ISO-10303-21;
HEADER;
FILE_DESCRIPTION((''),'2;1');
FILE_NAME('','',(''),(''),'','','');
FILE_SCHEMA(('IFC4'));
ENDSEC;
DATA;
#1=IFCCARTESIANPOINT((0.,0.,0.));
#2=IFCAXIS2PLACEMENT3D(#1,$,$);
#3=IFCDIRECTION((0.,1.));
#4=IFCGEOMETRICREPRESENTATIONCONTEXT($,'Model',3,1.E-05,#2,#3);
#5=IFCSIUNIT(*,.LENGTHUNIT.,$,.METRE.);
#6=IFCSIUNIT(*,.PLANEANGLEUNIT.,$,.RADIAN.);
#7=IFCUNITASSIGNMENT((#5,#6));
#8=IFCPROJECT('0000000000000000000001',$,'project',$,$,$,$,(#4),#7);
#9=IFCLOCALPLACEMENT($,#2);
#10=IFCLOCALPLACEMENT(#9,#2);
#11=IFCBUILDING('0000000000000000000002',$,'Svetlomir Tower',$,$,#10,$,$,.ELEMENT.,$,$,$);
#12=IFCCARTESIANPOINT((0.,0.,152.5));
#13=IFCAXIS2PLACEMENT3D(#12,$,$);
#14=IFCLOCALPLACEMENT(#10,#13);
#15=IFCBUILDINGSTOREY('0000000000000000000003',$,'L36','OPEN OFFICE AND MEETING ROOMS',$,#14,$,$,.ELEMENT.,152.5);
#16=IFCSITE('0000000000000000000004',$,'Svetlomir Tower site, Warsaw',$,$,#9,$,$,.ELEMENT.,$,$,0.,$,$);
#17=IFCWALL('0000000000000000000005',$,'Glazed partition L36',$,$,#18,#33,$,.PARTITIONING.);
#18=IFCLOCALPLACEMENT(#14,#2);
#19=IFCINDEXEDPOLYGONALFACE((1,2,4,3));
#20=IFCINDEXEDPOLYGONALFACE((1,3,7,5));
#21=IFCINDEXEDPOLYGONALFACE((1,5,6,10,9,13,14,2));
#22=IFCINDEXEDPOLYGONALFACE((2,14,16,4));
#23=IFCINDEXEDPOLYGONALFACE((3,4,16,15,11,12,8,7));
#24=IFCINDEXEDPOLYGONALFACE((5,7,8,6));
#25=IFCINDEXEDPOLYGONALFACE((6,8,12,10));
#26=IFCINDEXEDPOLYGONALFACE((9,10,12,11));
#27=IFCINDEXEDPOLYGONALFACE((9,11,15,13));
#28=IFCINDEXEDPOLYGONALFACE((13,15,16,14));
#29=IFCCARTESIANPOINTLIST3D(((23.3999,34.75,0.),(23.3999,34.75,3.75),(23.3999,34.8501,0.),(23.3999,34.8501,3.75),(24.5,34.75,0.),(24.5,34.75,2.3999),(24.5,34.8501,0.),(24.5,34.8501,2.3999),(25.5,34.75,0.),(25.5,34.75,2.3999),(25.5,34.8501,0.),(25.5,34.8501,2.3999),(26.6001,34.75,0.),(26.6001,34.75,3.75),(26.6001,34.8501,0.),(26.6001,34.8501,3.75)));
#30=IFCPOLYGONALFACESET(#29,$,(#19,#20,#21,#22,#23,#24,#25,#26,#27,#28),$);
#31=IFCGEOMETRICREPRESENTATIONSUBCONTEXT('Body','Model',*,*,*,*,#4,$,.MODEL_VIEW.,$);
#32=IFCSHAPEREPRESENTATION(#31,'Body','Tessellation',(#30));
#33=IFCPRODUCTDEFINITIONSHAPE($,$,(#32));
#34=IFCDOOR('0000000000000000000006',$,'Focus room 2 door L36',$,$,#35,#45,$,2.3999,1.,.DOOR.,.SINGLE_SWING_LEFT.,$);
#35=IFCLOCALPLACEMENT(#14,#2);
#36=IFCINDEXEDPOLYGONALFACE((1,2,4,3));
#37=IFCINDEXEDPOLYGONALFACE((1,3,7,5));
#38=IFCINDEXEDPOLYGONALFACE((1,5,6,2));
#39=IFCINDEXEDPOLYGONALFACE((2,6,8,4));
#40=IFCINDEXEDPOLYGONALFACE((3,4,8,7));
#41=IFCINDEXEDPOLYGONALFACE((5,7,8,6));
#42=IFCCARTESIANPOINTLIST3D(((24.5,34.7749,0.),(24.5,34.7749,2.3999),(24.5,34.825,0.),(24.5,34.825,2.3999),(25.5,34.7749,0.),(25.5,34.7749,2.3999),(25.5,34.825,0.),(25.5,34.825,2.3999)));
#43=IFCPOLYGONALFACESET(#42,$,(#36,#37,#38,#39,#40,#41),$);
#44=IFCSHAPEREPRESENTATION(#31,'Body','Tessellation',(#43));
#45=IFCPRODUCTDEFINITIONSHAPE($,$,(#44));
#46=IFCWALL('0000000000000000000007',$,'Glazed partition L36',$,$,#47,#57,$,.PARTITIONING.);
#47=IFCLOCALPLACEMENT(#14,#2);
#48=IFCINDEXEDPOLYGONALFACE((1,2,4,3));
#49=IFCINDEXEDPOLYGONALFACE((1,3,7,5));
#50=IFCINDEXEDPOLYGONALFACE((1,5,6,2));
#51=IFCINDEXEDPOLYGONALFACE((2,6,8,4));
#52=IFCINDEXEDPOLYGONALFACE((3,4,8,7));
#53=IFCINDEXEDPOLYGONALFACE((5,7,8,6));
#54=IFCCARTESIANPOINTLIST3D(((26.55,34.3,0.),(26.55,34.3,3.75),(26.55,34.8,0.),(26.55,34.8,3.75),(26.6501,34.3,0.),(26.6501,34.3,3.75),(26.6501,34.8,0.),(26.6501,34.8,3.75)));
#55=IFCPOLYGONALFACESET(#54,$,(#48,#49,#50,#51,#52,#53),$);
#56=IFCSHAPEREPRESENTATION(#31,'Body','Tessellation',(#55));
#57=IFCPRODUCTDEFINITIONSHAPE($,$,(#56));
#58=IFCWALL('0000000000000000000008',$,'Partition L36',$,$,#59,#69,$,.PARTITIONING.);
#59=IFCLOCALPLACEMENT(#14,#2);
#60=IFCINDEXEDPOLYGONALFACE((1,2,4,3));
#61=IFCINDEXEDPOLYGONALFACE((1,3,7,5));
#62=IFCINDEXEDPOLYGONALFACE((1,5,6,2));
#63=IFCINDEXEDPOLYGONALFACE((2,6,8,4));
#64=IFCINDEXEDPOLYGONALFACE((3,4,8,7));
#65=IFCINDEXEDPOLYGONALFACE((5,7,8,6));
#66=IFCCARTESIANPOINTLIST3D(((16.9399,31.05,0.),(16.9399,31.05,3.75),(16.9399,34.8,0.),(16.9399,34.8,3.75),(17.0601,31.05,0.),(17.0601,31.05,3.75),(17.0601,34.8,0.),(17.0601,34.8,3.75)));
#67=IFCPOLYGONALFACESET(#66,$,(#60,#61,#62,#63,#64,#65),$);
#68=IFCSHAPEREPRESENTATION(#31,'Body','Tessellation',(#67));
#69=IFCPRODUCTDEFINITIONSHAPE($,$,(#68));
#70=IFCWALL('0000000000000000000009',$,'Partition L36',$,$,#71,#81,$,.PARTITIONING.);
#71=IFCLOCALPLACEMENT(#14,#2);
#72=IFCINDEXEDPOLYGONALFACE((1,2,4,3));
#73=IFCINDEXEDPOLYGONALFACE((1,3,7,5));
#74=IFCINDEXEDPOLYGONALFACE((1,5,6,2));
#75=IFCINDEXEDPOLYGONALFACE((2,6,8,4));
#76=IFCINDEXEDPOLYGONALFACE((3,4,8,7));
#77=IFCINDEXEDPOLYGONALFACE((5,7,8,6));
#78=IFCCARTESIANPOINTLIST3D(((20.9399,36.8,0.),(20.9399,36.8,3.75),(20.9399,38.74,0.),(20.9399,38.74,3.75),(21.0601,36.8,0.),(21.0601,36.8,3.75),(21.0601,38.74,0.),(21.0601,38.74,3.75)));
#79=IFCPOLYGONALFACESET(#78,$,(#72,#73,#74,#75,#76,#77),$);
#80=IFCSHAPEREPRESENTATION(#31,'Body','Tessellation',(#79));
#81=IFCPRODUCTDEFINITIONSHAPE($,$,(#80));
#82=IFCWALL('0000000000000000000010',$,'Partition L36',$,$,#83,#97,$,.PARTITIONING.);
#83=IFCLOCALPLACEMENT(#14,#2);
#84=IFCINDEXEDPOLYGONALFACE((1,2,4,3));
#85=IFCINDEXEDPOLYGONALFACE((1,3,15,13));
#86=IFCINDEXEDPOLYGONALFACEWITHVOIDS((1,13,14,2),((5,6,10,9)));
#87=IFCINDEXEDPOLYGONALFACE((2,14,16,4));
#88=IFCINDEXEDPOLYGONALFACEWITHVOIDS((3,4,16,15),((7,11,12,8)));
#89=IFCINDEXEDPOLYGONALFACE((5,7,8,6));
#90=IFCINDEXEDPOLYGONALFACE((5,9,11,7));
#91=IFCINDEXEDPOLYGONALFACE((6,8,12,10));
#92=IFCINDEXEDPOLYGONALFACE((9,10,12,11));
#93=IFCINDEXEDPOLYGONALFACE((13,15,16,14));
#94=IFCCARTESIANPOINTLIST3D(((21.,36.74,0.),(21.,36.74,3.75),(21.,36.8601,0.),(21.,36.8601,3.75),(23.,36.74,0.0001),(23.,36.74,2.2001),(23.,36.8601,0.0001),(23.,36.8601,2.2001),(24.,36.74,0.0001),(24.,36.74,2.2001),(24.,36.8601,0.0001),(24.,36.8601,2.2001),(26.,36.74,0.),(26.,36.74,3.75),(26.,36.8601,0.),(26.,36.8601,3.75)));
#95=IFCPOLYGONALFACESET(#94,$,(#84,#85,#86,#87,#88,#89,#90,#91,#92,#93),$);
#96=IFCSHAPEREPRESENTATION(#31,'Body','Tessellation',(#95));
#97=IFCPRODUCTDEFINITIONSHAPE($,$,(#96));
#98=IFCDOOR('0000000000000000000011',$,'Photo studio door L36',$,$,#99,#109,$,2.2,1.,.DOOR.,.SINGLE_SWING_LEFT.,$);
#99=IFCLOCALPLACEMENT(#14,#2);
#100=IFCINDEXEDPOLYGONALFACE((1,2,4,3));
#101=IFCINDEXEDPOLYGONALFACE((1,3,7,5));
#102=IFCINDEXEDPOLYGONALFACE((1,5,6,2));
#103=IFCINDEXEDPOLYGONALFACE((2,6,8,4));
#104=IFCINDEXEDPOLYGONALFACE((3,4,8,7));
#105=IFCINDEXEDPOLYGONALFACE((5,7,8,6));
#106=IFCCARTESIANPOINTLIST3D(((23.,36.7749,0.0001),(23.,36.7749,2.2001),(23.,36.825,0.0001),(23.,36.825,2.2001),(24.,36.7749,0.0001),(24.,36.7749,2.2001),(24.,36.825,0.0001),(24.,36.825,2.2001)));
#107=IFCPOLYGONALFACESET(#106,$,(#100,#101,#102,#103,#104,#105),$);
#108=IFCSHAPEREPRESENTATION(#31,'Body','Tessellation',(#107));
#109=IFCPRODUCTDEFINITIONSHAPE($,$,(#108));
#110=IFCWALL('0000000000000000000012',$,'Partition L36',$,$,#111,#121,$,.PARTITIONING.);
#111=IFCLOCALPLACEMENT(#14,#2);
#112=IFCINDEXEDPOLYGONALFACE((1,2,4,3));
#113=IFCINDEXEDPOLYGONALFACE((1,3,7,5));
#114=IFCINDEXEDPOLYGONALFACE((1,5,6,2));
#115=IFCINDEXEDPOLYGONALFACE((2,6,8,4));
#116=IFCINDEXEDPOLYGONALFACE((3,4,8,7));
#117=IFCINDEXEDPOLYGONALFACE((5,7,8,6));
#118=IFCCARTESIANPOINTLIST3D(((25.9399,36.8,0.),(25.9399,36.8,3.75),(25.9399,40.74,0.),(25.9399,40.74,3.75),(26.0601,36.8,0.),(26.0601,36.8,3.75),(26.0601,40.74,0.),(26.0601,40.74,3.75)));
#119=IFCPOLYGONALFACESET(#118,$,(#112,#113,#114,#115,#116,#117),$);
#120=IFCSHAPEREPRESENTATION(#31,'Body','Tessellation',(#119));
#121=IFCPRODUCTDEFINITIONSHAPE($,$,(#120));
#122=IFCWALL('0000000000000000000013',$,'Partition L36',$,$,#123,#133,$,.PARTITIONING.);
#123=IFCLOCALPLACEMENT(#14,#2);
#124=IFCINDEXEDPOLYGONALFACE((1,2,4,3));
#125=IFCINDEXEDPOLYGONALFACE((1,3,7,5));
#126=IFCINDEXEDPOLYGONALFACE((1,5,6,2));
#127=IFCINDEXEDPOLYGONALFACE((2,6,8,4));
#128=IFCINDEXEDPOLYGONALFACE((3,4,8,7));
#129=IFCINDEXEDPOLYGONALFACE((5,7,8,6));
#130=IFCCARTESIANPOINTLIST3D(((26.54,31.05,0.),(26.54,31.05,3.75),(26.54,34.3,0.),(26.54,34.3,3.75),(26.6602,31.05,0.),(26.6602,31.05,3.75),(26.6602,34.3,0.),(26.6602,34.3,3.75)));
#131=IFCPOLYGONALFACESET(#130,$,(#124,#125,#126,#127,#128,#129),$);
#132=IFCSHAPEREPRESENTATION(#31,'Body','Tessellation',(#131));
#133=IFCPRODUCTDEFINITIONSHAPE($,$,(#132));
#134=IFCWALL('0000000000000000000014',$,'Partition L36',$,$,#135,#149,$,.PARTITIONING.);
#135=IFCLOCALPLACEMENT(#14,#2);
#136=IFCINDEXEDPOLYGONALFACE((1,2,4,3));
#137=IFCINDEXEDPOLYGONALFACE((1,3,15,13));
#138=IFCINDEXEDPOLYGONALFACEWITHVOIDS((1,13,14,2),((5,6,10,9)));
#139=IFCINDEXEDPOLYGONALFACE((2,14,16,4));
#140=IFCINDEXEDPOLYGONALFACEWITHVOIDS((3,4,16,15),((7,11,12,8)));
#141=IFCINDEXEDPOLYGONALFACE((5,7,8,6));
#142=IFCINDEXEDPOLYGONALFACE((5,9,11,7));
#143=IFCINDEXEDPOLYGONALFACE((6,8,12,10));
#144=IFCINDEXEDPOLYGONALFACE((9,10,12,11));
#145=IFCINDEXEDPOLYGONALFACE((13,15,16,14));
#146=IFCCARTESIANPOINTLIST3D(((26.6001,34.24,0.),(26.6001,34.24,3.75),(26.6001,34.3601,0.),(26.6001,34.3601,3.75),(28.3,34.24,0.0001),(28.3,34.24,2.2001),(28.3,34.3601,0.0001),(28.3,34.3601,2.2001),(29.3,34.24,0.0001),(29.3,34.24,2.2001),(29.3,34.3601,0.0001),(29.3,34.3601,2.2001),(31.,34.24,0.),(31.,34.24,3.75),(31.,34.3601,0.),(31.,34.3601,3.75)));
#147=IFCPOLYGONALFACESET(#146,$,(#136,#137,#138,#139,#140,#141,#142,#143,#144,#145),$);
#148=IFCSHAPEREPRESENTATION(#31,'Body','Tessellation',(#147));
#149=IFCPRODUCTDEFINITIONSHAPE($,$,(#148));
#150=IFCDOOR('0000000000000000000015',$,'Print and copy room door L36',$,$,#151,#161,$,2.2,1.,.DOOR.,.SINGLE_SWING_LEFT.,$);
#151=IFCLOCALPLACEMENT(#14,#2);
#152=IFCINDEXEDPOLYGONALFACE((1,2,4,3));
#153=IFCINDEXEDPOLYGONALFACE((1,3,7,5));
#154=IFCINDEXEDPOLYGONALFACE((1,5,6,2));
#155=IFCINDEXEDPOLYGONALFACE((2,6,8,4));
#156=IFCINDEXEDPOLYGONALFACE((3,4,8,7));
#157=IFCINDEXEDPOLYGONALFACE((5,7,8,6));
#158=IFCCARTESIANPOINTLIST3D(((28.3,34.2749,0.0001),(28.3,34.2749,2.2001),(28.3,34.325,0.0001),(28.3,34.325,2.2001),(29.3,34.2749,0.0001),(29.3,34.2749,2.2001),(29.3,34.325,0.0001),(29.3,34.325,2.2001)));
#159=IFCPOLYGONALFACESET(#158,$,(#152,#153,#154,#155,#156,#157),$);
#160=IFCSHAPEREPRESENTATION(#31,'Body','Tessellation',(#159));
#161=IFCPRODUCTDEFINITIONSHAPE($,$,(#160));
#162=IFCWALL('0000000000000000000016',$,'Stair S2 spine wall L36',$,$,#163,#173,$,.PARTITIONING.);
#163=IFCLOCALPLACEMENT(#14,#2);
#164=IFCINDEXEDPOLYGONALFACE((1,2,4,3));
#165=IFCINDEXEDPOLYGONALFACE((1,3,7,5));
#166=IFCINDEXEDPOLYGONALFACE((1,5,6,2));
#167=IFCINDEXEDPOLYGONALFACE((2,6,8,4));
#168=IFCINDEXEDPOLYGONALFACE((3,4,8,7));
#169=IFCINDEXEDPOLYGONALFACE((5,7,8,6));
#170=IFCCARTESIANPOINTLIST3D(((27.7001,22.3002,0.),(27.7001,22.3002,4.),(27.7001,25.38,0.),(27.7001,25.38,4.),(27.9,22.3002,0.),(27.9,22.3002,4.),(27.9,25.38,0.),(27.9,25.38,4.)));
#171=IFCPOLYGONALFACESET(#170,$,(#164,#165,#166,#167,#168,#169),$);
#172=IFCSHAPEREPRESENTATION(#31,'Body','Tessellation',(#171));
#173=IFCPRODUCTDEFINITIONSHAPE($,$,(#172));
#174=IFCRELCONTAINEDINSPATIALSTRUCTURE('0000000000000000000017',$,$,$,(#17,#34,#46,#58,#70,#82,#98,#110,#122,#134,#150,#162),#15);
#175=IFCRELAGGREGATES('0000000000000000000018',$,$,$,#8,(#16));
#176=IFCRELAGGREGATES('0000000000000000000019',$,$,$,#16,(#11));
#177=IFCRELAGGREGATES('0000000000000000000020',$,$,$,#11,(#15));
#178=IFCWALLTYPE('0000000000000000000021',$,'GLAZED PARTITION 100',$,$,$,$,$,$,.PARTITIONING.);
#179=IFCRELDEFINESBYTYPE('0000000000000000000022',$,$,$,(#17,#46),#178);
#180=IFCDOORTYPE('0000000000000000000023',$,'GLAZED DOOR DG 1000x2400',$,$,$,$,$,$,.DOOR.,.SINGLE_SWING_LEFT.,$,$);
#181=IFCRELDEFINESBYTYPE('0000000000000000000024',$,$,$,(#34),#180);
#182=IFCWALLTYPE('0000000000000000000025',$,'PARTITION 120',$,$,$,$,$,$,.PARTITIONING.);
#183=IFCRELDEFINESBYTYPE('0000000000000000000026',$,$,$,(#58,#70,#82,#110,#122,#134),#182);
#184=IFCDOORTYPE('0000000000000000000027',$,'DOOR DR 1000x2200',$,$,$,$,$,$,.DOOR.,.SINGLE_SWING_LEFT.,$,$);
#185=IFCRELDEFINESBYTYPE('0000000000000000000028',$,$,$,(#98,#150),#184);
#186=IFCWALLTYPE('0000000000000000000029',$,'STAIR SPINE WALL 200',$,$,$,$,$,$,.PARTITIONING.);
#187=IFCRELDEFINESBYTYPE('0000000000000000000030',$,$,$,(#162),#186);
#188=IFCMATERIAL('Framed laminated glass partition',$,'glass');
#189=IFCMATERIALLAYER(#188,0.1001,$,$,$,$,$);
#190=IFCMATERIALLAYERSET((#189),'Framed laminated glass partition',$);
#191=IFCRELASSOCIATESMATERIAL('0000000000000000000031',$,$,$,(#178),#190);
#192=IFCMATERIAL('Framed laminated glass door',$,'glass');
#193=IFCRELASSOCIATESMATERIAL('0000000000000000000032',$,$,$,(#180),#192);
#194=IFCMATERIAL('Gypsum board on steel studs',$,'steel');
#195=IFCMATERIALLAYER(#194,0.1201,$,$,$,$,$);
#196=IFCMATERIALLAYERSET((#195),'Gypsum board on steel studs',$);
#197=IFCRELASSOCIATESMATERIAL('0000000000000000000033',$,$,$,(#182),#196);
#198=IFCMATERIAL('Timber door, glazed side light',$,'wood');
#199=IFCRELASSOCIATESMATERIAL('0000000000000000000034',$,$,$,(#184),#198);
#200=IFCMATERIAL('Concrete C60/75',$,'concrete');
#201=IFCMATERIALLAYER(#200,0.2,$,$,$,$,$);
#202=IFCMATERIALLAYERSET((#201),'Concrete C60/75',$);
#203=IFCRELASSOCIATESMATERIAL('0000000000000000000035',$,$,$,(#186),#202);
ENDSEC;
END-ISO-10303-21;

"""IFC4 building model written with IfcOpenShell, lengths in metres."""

from ifc_helpers import new_model, si_unit, direction, frame, frame_2d, origin, place, context, subcontext, project, spatial, rectangle, extrude, material, layer, layer_set, type_object, element, fill, save


model = new_model("IFC4")

# Units and contexts
model_context = context("Model", 3, precision=1e-05, world=origin(), true_north=direction((0.0, 1.0)))
body_context = subcontext(model_context, "Body", "Model", "MODEL_VIEW")
ifc_project = project(units=[si_unit("LENGTHUNIT", "METRE"), si_unit("PLANEANGLEUNIT", "RADIAN")], contexts=[model_context])

# Site, building, storey
site_placement = place(None, origin())
site = spatial("IfcSite", under=ifc_project, at=site_placement, Name="Svetlomir Tower site, Warsaw", CompositionType="ELEMENT", RefElevation=0.0)
building_placement = place(site_placement, origin())
building = spatial("IfcBuilding", under=site, at=building_placement, Name="Svetlomir Tower", CompositionType="ELEMENT")
storey_placement = place(building_placement, frame((0.0, 0.0, 152.5)))
storey = spatial("IfcBuildingStorey", under=building, at=storey_placement, Name="L36", Description="OPEN OFFICE AND MEETING ROOMS", CompositionType="ELEMENT", Elevation=152.5)

# Shared definitions
ifc_material_1 = material(Name="Framed laminated glass partition", Category="glass")
ifc_layer_1 = layer(ifc_material_1, 0.1001)
ifc_layer_set_1 = layer_set([ifc_layer_1], Name="Framed laminated glass partition")
wall_type_1 = type_object("IfcWallType", Name="GLAZED PARTITION 100", PredefinedType="PARTITIONING", material=ifc_layer_set_1)

# Wall, opening, door
wall_1_placement = place(storey_placement, frame((23.3999, 34.8, 0.0), z_axis=(0.0, 0.0, 1.0), x_axis=(1.0, 0.0, 0.0)))
wall_1 = element("IfcWall", 1, at=wall_1_placement, inside=storey, type_object=wall_type_1, Name="Glazed partition L36", PredefinedType="PARTITIONING", context=body_context, shape_type="SweptSolid", body=[
    extrude(rectangle(XDim=3.2002, YDim=0.1001, at=frame_2d((1.6001, 0.0))), origin(), (0.0, 0.0, 1.0), 3.75),
])
opening_1_placement = place(wall_1_placement, frame((1.1001, 0.0, 0.0)))
opening_1 = element("IfcOpeningElement", 2, at=opening_1_placement, cuts=wall_1, PredefinedType="OPENING", context=body_context, shape_type="SweptSolid", body=[
    extrude(rectangle(XDim=1.0, YDim=2.3999, at=frame_2d((0.5, 1.2))), frame((0.0, 0.0601, 0.0), z_axis=(0.0, -1.0, 0.0), x_axis=(1.0, 0.0, 0.0)), (0.0, 0.0, 1.0), 0.1201),
])
ifc_material_2 = material(Name="Framed laminated glass door", Category="glass")
door_type_1 = type_object("IfcDoorType", Name="GLAZED DOOR DG 1000x2400", OperationType="SINGLE_SWING_LEFT", PredefinedType="DOOR", material=ifc_material_2)
door_1_placement = place(opening_1_placement, origin())
door_1 = element("IfcDoor", 3, at=door_1_placement, inside=storey, type_object=door_type_1, Name="Focus room 2 door L36", OperationType="SINGLE_SWING_LEFT", OverallHeight=2.3999, OverallWidth=1.0, PredefinedType="DOOR", context=body_context, shape_type="SweptSolid", body=[
    extrude(rectangle(XDim=1.0, YDim=2.3999, at=frame_2d((0.5, 1.2))), frame((0.0, 0.0249, 0.0), z_axis=(0.0, -1.0, 0.0), x_axis=(1.0, 0.0, 0.0)), (0.0, 0.0, 1.0), 0.05),
])
fill(opening_1, door_1)

# Walls
wall_2_placement = place(storey_placement, frame((26.6001, 34.3, 0.0), z_axis=(0.0, 0.0, 1.0), x_axis=(0.0, 1.0, 0.0)))
element("IfcWall", 4, at=wall_2_placement, inside=storey, type_object=wall_type_1, Name="Glazed partition L36", PredefinedType="PARTITIONING", context=body_context, shape_type="SweptSolid", body=[
    extrude(rectangle(XDim=0.5, YDim=0.1001, at=frame_2d((0.25, 0.0))), origin(), (0.0, 0.0, 1.0), 3.75),
])
ifc_material_3 = material(Name="Gypsum board on steel studs", Category="steel")
ifc_layer_2 = layer(ifc_material_3, 0.1201)
ifc_layer_set_2 = layer_set([ifc_layer_2], Name="Gypsum board on steel studs")
wall_type_2 = type_object("IfcWallType", Name="PARTITION 120", PredefinedType="PARTITIONING", material=ifc_layer_set_2)
wall_3_placement = place(storey_placement, frame((17.0, 31.05, 0.0), z_axis=(0.0, 0.0, 1.0), x_axis=(0.0, 1.0, 0.0)))
element("IfcWall", 5, at=wall_3_placement, inside=storey, type_object=wall_type_2, Name="Partition L36", PredefinedType="PARTITIONING", context=body_context, shape_type="SweptSolid", body=[
    extrude(rectangle(XDim=3.75, YDim=0.1201, at=frame_2d((1.875, 0.0))), origin(), (0.0, 0.0, 1.0), 3.75),
])
wall_4_placement = place(storey_placement, frame((21.0, 36.8, 0.0), z_axis=(0.0, 0.0, 1.0), x_axis=(0.0, 1.0, 0.0)))
element("IfcWall", 6, at=wall_4_placement, inside=storey, type_object=wall_type_2, Name="Partition L36", PredefinedType="PARTITIONING", context=body_context, shape_type="SweptSolid", body=[
    extrude(rectangle(XDim=1.9399, YDim=0.1201, at=frame_2d((0.97, 0.0))), origin(), (0.0, 0.0, 1.0), 3.75),
])

# Wall, opening, door
wall_5_placement = place(storey_placement, frame((21.0, 36.8, 0.0), z_axis=(0.0, 0.0, 1.0), x_axis=(1.0, 0.0, 0.0)))
wall_5 = element("IfcWall", 7, at=wall_5_placement, inside=storey, type_object=wall_type_2, Name="Partition L36", PredefinedType="PARTITIONING", context=body_context, shape_type="SweptSolid", body=[
    extrude(rectangle(XDim=5.0, YDim=0.1201, at=frame_2d((2.5, 0.0))), origin(), (0.0, 0.0, 1.0), 3.75),
])
opening_2_placement = place(wall_5_placement, frame((2.0, 0.0, 0.0)))
opening_2 = element("IfcOpeningElement", 8, at=opening_2_placement, cuts=wall_5, PredefinedType="OPENING", context=body_context, shape_type="SweptSolid", body=[
    extrude(rectangle(XDim=1.0, YDim=2.2, at=frame_2d((0.5, 1.1001))), frame((0.0, 0.0701, 0.0), z_axis=(0.0, -1.0, 0.0), x_axis=(1.0, 0.0, 0.0)), (0.0, 0.0, 1.0), 0.1401),
])
ifc_material_4 = material(Name="Timber door, glazed side light", Category="wood")
door_type_2 = type_object("IfcDoorType", Name="DOOR DR 1000x2200", OperationType="SINGLE_SWING_LEFT", PredefinedType="DOOR", material=ifc_material_4)
door_2_placement = place(opening_2_placement, origin())
door_2 = element("IfcDoor", 9, at=door_2_placement, inside=storey, type_object=door_type_2, Name="Photo studio door L36", OperationType="SINGLE_SWING_LEFT", OverallHeight=2.2, OverallWidth=1.0, PredefinedType="DOOR", context=body_context, shape_type="SweptSolid", body=[
    extrude(rectangle(XDim=1.0, YDim=2.2, at=frame_2d((0.5, 1.1001))), frame((0.0, 0.0249, 0.0), z_axis=(0.0, -1.0, 0.0), x_axis=(1.0, 0.0, 0.0)), (0.0, 0.0, 1.0), 0.05),
])
fill(opening_2, door_2)

# Walls
wall_6_placement = place(storey_placement, frame((26.0, 36.8, 0.0), z_axis=(0.0, 0.0, 1.0), x_axis=(0.0, 1.0, 0.0)))
element("IfcWall", 10, at=wall_6_placement, inside=storey, type_object=wall_type_2, Name="Partition L36", PredefinedType="PARTITIONING", context=body_context, shape_type="SweptSolid", body=[
    extrude(rectangle(XDim=3.9399, YDim=0.1201, at=frame_2d((1.97, 0.0))), origin(), (0.0, 0.0, 1.0), 3.75),
])
wall_7_placement = place(storey_placement, frame((26.6001, 31.05, 0.0), z_axis=(0.0, 0.0, 1.0), x_axis=(0.0, 1.0, 0.0)))
element("IfcWall", 11, at=wall_7_placement, inside=storey, type_object=wall_type_2, Name="Partition L36", PredefinedType="PARTITIONING", context=body_context, shape_type="SweptSolid", body=[
    extrude(rectangle(XDim=3.25, YDim=0.1201, at=frame_2d((1.625, 0.0))), origin(), (0.0, 0.0, 1.0), 3.75),
])

# Wall, opening, door
wall_8_placement = place(storey_placement, frame((26.6001, 34.3, 0.0), z_axis=(0.0, 0.0, 1.0), x_axis=(1.0, 0.0, 0.0)))
wall_8 = element("IfcWall", 12, at=wall_8_placement, inside=storey, type_object=wall_type_2, Name="Partition L36", PredefinedType="PARTITIONING", context=body_context, shape_type="SweptSolid", body=[
    extrude(rectangle(XDim=4.3999, YDim=0.1201, at=frame_2d((2.2, 0.0))), origin(), (0.0, 0.0, 1.0), 3.75),
])
opening_3_placement = place(wall_8_placement, frame((1.7, 0.0, 0.0)))
opening_3 = element("IfcOpeningElement", 13, at=opening_3_placement, cuts=wall_8, PredefinedType="OPENING", context=body_context, shape_type="SweptSolid", body=[
    extrude(rectangle(XDim=1.0, YDim=2.2, at=frame_2d((0.5, 1.1001))), frame((0.0, 0.0701, 0.0), z_axis=(0.0, -1.0, 0.0), x_axis=(1.0, 0.0, 0.0)), (0.0, 0.0, 1.0), 0.1401),
])
door_3_placement = place(opening_3_placement, origin())
door_3 = element("IfcDoor", 14, at=door_3_placement, inside=storey, type_object=door_type_2, Name="Print and copy room door L36", OperationType="SINGLE_SWING_LEFT", OverallHeight=2.2, OverallWidth=1.0, PredefinedType="DOOR", context=body_context, shape_type="SweptSolid", body=[
    extrude(rectangle(XDim=1.0, YDim=2.2, at=frame_2d((0.5, 1.1001))), frame((0.0, 0.0249, 0.0), z_axis=(0.0, -1.0, 0.0), x_axis=(1.0, 0.0, 0.0)), (0.0, 0.0, 1.0), 0.05),
])
fill(opening_3, door_3)

# Wall
ifc_material_5 = material(Name="Concrete C60/75", Category="concrete")
ifc_layer_3 = layer(ifc_material_5, 0.2)
ifc_layer_set_3 = layer_set([ifc_layer_3], Name="Concrete C60/75")
wall_type_3 = type_object("IfcWallType", Name="STAIR SPINE WALL 200", PredefinedType="PARTITIONING", material=ifc_layer_set_3)
wall_9_placement = place(storey_placement, frame((27.8, 22.3, 0.0), z_axis=(0.0, 0.0, 1.0), x_axis=(0.0, 1.0, 0.0)))
element("IfcWall", 15, at=wall_9_placement, inside=storey, type_object=wall_type_3, Name="Stair S2 spine wall L36", PredefinedType="PARTITIONING", context=body_context, shape_type="SweptSolid", body=[
    extrude(rectangle(XDim=3.0798, YDim=0.2, at=frame_2d((1.54, 0.0))), origin(), (0.0, 0.0, 1.0), 4.0),
])

save(model, "model.ifc")
